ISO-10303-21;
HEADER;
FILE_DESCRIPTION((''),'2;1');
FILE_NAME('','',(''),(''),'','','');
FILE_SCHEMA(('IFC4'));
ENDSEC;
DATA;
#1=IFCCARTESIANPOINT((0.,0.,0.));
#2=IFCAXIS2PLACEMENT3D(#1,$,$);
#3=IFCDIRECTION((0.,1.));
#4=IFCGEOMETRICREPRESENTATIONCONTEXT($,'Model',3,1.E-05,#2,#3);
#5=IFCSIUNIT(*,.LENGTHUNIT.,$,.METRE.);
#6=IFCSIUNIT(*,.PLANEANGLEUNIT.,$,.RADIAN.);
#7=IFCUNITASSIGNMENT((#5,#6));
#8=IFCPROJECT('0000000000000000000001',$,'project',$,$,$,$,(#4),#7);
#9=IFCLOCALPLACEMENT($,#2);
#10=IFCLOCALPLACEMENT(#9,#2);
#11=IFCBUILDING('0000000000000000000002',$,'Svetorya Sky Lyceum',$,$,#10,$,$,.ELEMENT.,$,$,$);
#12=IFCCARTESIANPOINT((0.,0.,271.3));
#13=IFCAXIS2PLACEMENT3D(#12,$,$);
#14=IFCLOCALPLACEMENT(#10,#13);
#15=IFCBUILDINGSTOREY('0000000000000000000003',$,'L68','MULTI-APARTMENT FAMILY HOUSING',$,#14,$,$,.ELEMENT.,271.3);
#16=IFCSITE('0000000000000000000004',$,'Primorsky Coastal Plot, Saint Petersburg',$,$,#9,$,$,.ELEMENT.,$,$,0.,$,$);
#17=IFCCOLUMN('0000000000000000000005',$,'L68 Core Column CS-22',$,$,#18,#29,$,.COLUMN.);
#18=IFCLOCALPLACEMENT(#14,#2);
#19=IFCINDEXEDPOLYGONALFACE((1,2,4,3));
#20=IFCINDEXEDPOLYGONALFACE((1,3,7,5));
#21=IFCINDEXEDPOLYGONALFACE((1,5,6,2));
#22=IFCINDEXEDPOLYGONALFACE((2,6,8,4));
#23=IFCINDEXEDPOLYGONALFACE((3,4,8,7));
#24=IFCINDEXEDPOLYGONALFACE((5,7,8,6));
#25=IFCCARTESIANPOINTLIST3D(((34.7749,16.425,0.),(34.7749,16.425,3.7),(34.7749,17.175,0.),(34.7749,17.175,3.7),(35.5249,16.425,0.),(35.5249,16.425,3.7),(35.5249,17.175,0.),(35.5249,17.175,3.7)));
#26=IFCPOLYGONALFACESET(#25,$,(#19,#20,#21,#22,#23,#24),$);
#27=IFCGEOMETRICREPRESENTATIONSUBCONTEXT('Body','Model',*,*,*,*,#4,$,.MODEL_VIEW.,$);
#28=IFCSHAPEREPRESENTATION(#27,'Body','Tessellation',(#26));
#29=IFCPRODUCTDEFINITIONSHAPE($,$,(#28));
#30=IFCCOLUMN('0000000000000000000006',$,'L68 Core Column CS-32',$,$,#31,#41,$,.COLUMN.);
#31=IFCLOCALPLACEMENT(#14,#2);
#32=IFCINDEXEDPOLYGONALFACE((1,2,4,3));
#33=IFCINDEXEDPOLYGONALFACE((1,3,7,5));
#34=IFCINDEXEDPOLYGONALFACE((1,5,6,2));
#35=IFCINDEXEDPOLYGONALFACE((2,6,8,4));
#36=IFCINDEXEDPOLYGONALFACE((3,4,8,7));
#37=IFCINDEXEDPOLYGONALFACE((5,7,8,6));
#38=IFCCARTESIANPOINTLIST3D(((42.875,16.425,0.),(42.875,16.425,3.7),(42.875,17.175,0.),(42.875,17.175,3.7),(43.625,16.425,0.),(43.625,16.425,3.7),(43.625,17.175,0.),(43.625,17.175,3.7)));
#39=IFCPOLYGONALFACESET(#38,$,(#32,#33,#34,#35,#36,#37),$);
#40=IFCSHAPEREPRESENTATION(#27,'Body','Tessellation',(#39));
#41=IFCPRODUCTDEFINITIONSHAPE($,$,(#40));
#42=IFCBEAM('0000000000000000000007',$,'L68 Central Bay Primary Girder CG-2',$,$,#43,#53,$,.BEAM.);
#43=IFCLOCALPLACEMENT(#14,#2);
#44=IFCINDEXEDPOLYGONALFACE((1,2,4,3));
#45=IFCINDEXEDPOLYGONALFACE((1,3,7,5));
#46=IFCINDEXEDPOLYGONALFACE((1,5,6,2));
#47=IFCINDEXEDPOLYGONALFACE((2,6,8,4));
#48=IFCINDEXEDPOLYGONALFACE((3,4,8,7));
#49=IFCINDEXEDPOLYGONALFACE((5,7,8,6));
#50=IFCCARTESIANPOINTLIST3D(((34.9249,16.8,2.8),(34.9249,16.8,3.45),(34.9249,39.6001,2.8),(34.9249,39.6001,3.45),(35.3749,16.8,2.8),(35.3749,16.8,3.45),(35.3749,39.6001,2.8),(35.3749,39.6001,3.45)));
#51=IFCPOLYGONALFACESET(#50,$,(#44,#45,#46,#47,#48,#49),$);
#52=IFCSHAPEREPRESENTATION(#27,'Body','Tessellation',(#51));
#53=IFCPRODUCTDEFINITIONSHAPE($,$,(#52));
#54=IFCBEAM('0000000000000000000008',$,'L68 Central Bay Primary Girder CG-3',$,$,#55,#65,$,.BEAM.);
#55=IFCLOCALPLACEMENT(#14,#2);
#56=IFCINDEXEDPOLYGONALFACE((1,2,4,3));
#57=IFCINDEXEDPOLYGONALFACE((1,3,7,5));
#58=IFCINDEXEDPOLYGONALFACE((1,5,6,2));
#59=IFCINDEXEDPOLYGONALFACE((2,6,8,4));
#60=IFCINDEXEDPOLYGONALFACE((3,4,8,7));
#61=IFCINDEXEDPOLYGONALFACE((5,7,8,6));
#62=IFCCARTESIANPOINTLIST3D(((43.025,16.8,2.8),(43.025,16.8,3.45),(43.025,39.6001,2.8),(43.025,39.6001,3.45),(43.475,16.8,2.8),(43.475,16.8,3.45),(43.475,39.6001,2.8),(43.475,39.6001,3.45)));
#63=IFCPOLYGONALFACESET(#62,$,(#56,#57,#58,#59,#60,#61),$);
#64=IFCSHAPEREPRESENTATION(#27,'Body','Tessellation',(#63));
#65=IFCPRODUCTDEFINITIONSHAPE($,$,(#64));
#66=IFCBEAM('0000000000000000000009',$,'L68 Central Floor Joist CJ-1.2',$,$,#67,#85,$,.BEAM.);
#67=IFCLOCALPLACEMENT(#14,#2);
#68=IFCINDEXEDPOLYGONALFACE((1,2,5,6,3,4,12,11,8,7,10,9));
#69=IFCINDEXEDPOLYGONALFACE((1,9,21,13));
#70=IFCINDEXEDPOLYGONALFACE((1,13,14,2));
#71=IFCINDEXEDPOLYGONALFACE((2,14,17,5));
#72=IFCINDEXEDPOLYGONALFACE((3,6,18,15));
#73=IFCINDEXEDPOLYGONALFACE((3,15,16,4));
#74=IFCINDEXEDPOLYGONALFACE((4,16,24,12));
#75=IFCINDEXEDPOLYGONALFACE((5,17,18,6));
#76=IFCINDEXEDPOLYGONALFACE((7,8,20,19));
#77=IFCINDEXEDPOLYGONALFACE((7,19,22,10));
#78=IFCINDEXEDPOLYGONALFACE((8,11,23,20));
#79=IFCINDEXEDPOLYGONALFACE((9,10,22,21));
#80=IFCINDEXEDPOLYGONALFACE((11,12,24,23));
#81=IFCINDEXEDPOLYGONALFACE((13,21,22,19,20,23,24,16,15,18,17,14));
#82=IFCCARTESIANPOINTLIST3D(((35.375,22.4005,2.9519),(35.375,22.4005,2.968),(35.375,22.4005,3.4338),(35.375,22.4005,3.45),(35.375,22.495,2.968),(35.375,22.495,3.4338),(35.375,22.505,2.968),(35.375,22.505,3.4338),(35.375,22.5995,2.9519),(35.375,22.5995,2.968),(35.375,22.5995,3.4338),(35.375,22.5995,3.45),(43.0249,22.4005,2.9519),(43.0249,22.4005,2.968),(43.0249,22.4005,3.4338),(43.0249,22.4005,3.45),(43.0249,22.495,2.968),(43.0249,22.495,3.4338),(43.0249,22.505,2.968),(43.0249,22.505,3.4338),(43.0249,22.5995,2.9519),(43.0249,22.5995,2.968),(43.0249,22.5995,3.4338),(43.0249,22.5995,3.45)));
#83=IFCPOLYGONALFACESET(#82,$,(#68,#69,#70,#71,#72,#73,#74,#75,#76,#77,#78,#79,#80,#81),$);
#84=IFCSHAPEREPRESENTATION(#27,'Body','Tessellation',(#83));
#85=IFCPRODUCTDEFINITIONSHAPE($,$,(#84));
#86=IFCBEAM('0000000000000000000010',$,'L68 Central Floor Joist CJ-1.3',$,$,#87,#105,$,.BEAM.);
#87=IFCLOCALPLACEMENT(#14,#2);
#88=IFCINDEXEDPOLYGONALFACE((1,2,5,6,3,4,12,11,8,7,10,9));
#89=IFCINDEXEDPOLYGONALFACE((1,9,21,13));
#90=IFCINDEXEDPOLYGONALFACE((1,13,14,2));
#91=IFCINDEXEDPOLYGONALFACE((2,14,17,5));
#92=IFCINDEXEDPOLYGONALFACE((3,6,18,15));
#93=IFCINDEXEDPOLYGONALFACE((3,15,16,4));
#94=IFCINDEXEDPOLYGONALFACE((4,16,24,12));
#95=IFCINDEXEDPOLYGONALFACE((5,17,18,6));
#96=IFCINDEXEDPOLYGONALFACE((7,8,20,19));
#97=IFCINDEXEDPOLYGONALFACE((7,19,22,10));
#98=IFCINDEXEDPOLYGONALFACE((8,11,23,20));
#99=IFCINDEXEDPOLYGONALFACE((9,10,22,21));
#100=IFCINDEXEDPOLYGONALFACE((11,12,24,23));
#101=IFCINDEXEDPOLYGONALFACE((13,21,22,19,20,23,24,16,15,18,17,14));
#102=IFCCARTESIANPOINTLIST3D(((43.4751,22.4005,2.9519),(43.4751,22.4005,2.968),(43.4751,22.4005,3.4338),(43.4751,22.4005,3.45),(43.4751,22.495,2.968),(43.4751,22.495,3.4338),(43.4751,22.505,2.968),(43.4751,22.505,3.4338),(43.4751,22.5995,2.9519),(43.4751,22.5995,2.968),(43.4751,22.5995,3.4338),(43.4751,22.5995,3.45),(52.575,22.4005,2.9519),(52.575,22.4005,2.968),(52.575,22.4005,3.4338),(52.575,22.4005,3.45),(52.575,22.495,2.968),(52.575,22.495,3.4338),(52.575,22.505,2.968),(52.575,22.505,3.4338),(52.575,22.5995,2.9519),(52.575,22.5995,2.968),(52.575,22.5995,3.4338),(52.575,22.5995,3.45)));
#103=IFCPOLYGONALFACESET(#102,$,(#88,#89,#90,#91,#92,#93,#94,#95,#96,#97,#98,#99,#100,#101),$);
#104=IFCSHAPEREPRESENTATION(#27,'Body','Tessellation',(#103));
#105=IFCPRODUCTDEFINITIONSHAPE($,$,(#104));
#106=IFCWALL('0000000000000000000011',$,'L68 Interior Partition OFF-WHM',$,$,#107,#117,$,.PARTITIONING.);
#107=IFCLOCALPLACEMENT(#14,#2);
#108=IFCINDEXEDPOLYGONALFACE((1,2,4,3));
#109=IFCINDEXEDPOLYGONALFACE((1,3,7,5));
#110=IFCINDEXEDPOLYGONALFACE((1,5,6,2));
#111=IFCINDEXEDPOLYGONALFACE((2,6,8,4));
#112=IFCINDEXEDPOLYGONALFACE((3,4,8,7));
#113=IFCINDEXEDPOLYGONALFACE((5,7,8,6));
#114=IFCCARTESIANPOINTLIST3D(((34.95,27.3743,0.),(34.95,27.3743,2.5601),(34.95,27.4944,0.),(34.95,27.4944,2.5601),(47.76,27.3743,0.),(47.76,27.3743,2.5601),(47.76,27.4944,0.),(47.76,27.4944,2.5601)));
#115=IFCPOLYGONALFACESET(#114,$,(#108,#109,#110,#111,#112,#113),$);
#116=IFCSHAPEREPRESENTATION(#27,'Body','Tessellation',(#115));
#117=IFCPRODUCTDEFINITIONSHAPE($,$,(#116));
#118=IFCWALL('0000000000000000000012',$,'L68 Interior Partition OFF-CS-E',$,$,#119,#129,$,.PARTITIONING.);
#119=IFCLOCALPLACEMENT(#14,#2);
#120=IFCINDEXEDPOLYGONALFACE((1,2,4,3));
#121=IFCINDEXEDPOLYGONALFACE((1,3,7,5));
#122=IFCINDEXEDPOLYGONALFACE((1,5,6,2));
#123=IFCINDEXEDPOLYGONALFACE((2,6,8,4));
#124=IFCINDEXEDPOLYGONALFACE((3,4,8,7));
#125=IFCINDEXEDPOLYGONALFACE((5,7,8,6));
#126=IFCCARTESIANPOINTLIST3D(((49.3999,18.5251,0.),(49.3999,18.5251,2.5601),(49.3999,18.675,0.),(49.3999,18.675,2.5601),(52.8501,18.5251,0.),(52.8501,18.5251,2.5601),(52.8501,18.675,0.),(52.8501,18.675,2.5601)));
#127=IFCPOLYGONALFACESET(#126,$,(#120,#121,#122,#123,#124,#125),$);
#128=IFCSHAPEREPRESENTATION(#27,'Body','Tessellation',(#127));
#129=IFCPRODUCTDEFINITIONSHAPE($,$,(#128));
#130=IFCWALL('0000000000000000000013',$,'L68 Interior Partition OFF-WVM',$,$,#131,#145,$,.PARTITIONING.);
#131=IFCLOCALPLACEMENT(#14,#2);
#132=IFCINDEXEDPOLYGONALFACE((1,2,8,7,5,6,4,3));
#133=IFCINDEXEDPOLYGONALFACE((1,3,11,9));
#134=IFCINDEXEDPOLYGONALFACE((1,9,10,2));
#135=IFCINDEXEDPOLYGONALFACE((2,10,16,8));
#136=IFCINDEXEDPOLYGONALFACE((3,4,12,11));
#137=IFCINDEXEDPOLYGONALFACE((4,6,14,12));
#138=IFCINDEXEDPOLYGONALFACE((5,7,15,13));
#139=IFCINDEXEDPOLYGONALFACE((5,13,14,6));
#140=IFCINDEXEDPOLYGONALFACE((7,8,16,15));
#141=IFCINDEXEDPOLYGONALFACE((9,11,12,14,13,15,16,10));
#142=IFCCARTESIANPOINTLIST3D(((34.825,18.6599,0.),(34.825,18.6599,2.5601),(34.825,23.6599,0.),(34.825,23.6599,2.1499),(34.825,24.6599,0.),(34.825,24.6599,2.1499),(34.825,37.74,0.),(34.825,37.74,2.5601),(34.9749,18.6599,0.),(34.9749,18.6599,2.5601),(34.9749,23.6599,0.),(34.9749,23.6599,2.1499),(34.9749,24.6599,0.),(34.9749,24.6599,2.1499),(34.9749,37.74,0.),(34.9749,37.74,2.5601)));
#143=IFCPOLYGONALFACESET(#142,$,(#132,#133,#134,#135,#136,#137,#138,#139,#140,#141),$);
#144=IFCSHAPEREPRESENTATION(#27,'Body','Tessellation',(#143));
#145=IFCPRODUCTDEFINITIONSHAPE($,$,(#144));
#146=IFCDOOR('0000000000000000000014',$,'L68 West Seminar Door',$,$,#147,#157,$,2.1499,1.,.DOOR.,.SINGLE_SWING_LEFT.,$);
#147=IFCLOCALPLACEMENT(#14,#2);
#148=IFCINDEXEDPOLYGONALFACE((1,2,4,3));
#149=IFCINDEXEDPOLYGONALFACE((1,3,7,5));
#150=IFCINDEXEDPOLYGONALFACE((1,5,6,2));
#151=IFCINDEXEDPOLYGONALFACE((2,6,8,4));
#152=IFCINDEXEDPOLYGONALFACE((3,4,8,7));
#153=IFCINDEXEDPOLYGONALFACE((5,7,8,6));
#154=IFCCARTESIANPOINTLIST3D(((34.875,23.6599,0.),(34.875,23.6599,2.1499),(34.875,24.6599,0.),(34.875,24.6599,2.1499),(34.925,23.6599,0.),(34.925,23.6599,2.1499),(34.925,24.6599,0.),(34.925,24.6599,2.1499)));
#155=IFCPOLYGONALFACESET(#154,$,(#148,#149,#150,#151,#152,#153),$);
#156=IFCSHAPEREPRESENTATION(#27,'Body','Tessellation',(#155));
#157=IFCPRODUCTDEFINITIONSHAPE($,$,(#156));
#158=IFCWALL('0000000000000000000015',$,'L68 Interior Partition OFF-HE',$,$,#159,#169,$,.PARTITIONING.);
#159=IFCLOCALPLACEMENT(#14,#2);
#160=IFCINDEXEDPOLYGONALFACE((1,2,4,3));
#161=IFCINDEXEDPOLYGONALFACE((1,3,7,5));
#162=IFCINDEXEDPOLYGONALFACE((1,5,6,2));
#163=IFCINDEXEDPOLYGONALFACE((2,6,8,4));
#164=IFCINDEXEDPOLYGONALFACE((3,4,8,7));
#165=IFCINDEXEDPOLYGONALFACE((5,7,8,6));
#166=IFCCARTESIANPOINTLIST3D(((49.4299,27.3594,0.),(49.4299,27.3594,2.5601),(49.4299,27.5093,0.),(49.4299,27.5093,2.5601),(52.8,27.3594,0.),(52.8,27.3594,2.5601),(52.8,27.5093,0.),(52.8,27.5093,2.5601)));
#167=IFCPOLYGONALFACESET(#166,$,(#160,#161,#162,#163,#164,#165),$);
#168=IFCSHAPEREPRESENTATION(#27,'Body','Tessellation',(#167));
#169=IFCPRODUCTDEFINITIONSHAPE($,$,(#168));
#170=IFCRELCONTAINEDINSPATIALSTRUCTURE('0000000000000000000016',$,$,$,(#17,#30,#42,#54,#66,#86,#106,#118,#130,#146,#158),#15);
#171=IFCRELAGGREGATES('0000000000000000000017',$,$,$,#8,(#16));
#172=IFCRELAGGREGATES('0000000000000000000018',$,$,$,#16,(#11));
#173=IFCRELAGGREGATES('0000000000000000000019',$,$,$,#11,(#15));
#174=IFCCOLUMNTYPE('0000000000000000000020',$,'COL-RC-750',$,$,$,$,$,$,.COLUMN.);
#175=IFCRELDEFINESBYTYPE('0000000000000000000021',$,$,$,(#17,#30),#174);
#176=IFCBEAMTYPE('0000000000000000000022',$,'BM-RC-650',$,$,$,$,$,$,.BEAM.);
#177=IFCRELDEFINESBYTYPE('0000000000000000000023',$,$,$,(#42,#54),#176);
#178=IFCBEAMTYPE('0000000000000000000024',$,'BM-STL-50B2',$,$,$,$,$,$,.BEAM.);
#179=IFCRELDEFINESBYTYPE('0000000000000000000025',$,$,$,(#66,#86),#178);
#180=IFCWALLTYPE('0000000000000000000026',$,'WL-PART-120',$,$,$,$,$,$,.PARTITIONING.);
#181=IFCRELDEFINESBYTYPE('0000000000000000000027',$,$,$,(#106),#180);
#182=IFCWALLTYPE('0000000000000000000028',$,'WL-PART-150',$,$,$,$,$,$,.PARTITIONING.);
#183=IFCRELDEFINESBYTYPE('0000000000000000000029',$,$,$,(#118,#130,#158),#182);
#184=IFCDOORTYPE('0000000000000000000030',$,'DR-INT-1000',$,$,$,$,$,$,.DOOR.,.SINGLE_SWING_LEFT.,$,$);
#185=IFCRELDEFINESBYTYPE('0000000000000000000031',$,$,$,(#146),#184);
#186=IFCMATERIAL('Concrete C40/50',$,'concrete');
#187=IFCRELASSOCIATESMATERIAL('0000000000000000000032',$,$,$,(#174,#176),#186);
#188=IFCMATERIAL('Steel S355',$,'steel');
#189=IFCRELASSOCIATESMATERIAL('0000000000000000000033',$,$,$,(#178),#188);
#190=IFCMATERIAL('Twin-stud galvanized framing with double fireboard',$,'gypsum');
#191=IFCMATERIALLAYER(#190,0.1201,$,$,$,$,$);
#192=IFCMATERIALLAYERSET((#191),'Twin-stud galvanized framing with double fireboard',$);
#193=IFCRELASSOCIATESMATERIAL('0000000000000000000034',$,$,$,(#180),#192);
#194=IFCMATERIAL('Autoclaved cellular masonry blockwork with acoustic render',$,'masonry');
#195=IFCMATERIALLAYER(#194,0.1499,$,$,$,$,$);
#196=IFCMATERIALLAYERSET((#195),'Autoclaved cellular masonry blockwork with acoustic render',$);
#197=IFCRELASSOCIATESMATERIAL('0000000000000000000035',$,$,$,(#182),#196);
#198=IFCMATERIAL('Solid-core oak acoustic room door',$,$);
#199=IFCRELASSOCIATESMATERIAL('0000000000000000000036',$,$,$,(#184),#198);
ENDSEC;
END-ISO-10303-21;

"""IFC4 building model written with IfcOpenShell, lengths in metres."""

from ifc_helpers import new_model, si_unit, direction, frame, frame_2d, origin, origin_2d, place, context, subcontext, project, spatial, rectangle, i_section, extrude, material, layer, layer_set, material_profile, profile_set, type_object, element, fill, save


model = new_model("IFC4")

# Units and contexts
model_context = context("Model", 3, precision=1e-05, world=origin(), true_north=direction((0.0, 1.0)))
body_context = subcontext(model_context, "Body", "Model", "MODEL_VIEW")
ifc_project = project(units=[si_unit("LENGTHUNIT", "METRE"), si_unit("PLANEANGLEUNIT", "RADIAN")], contexts=[model_context])

# Site, building, storey
site_placement = place(None, origin())
site = spatial("IfcSite", under=ifc_project, at=site_placement, Name="Primorsky Coastal Plot, Saint Petersburg", CompositionType="ELEMENT", RefElevation=0.0)
building_placement = place(site_placement, origin())
building = spatial("IfcBuilding", under=site, at=building_placement, Name="Svetorya Sky Lyceum", CompositionType="ELEMENT")
storey_placement = place(building_placement, frame((0.0, 0.0, 271.3)))
storey = spatial("IfcBuildingStorey", under=building, at=storey_placement, Name="L68", Description="MULTI-APARTMENT FAMILY HOUSING", CompositionType="ELEMENT", Elevation=271.3)

# Columns
ifc_material_1 = material(Name="Concrete C40/50", Category="concrete")
ifc_material_profile_1 = material_profile(ifc_material_1, rectangle(XDim=0.75, YDim=0.75, at=origin_2d()), Name="RC COL 750x750")
ifc_profile_set_1 = profile_set([ifc_material_profile_1], Name="Concrete C40/50")
column_type = type_object("IfcColumnType", Name="COL-RC-750", PredefinedType="COLUMN", material=ifc_profile_set_1)
for number, where, z_axis, x_axis, name in (
    (1, (35.1499, 16.8, 0.0), (0.0, 0.0, 1.0), (1.0, 0.0, 0.0), "L68 Core Column CS-22"),
    (2, (43.25, 16.8, 0.0), (0.0, 0.0, 1.0), (1.0, 0.0, 0.0), "L68 Core Column CS-32"),
):
    element("IfcColumn", number, at=place(storey_placement, frame(where, z_axis=z_axis, x_axis=x_axis)), inside=storey, type_object=column_type, Name=name, PredefinedType="COLUMN", context=body_context, shape_type="SweptSolid", body=[
        extrude(rectangle(XDim=0.75, YDim=0.75, at=origin_2d()), origin(), (0.0, 0.0, 1.0), 3.7),
    ])

# Beams
ifc_material_profile_2 = material_profile(ifc_material_1, rectangle(XDim=0.45, YDim=0.6499, at=origin_2d()), Name="RC BEAM 450x650")
ifc_profile_set_2 = profile_set([ifc_material_profile_2], Name="Concrete C40/50")
beam_type_1 = type_object("IfcBeamType", Name="BM-RC-650", PredefinedType="BEAM", material=ifc_profile_set_2)
for number, where, z_axis, x_axis, name in (
    (3, (35.1499, 16.8, 3.125), (0.0, 1.0, 0.0), (-1.0, 0.0, 0.0), "L68 Central Bay Primary Girder CG-2"),
    (4, (43.25, 16.8, 3.125), (0.0, 1.0, 0.0), (-1.0, 0.0, 0.0), "L68 Central Bay Primary Girder CG-3"),
):
    element("IfcBeam", number, at=place(storey_placement, frame(where, z_axis=z_axis, x_axis=x_axis)), inside=storey, type_object=beam_type_1, Name=name, PredefinedType="BEAM", context=body_context, shape_type="SweptSolid", body=[
        extrude(rectangle(XDim=0.45, YDim=0.6499, at=origin_2d()), origin(), (0.0, 0.0, 1.0), 22.8),
    ])
ifc_material_2 = material(Name="Steel S355", Category="steel")
ifc_material_profile_3 = material_profile(ifc_material_2, i_section(OverallWidth=0.199, OverallDepth=0.498, WebThickness=0.01, FlangeThickness=0.0161, at=origin_2d()), Name="GOST 50B2")
ifc_profile_set_3 = profile_set([ifc_material_profile_3], Name="Steel S355")
beam_type_2 = type_object("IfcBeamType", Name="BM-STL-50B2", PredefinedType="BEAM", material=ifc_profile_set_3)
beam_1_placement = place(storey_placement, frame((35.375, 22.5, 3.2009), z_axis=(1.0, 0.0, 0.0), x_axis=(0.0, 1.0, 0.0)))
element("IfcBeam", 5, at=beam_1_placement, inside=storey, type_object=beam_type_2, Name="L68 Central Floor Joist CJ-1.2", PredefinedType="BEAM", context=body_context, shape_type="SweptSolid", body=[
    extrude(i_section(OverallWidth=0.199, OverallDepth=0.498, WebThickness=0.01, FlangeThickness=0.0161, at=origin_2d()), origin(), (0.0, 0.0, 1.0), 7.6499),
])
beam_2_placement = place(storey_placement, frame((43.4751, 22.5, 3.2009), z_axis=(1.0, 0.0, 0.0), x_axis=(0.0, 1.0, 0.0)))
element("IfcBeam", 6, at=beam_2_placement, inside=storey, type_object=beam_type_2, Name="L68 Central Floor Joist CJ-1.3", PredefinedType="BEAM", context=body_context, shape_type="SweptSolid", body=[
    extrude(i_section(OverallWidth=0.199, OverallDepth=0.498, WebThickness=0.01, FlangeThickness=0.0161, at=origin_2d()), origin(), (0.0, 0.0, 1.0), 9.0999),
])

# Walls
ifc_material_3 = material(Name="Twin-stud galvanized framing with double fireboard", Category="gypsum")
ifc_layer_1 = layer(ifc_material_3, 0.1201)
ifc_layer_set_1 = layer_set([ifc_layer_1], Name="Twin-stud galvanized framing with double fireboard")
wall_type_1 = type_object("IfcWallType", Name="WL-PART-120", PredefinedType="PARTITIONING", material=ifc_layer_set_1)
wall_1_placement = place(storey_placement, frame((34.95, 27.4343, 0.0), z_axis=(0.0, 0.0, 1.0), x_axis=(1.0, 0.0, 0.0)))
element("IfcWall", 7, at=wall_1_placement, inside=storey, type_object=wall_type_1, Name="L68 Interior Partition OFF-WHM", PredefinedType="PARTITIONING", context=body_context, shape_type="SweptSolid", body=[
    extrude(rectangle(XDim=12.8101, YDim=0.1201, at=frame_2d((6.405, 0.0))), origin(), (0.0, 0.0, 1.0), 2.5601),
])
ifc_material_4 = material(Name="Autoclaved cellular masonry blockwork with acoustic render", Category="masonry")
ifc_layer_2 = layer(ifc_material_4, 0.1499)
ifc_layer_set_2 = layer_set([ifc_layer_2], Name="Autoclaved cellular masonry blockwork with acoustic render")
wall_type_2 = type_object("IfcWallType", Name="WL-PART-150", PredefinedType="PARTITIONING", material=ifc_layer_set_2)
wall_2_placement = place(storey_placement, frame((49.3999, 18.6001, 0.0), z_axis=(0.0, 0.0, 1.0), x_axis=(1.0, 0.0, 0.0)))
element("IfcWall", 8, at=wall_2_placement, inside=storey, type_object=wall_type_2, Name="L68 Interior Partition OFF-CS-E", PredefinedType="PARTITIONING", context=body_context, shape_type="SweptSolid", body=[
    extrude(rectangle(XDim=3.4502, YDim=0.1499, at=frame_2d((1.7251, 0.0))), origin(), (0.0, 0.0, 1.0), 2.5601),
])

# Wall, opening, door
wall_3_placement = place(storey_placement, frame((34.8999, 18.6599, 0.0), z_axis=(0.0, 0.0, 1.0), x_axis=(0.0, 1.0, 0.0)))
wall_3 = element("IfcWall", 9, at=wall_3_placement, inside=storey, type_object=wall_type_2, Name="L68 Interior Partition OFF-WVM", PredefinedType="PARTITIONING", context=body_context, shape_type="SweptSolid", body=[
    extrude(rectangle(XDim=19.0801, YDim=0.1499, at=frame_2d((9.54, 0.0))), origin(), (0.0, 0.0, 1.0), 2.5601),
])
opening_1_placement = place(wall_3_placement, frame((5.0, 0.0, 0.0)))
opening_1 = element("IfcOpeningElement", 10, at=opening_1_placement, cuts=wall_3, PredefinedType="OPENING", context=body_context, shape_type="SweptSolid", body=[
    extrude(rectangle(XDim=1.0, YDim=2.1499, at=frame_2d((0.5, 1.075))), frame((0.0, 0.085, 0.0), z_axis=(0.0, -1.0, 0.0), x_axis=(1.0, 0.0, 0.0)), (0.0, 0.0, 1.0), 0.1699),
])
ifc_material_5 = material(Name="Solid-core oak acoustic room door")
door_type_1 = type_object("IfcDoorType", Name="DR-INT-1000", OperationType="SINGLE_SWING_LEFT", PredefinedType="DOOR", material=ifc_material_5)
door_1_placement = place(opening_1_placement, origin())
door_1 = element("IfcDoor", 11, at=door_1_placement, inside=storey, type_object=door_type_1, Name="L68 West Seminar Door", OperationType="SINGLE_SWING_LEFT", OverallHeight=2.1499, OverallWidth=1.0, PredefinedType="DOOR", context=body_context, shape_type="SweptSolid", body=[
    extrude(rectangle(XDim=1.0, YDim=2.1499, at=frame_2d((0.5, 1.075))), frame((0.0, 0.0249, 0.0), z_axis=(0.0, -1.0, 0.0), x_axis=(1.0, 0.0, 0.0)), (0.0, 0.0, 1.0), 0.05),
])
fill(opening_1, door_1)

# Wall
wall_4_placement = place(storey_placement, frame((49.4299, 27.4343, 0.0), z_axis=(0.0, 0.0, 1.0), x_axis=(1.0, 0.0, 0.0)))
element("IfcWall", 12, at=wall_4_placement, inside=storey, type_object=wall_type_2, Name="L68 Interior Partition OFF-HE", PredefinedType="PARTITIONING", context=body_context, shape_type="SweptSolid", body=[
    extrude(rectangle(XDim=3.3701, YDim=0.1499, at=frame_2d((1.6851, 0.0))), origin(), (0.0, 0.0, 1.0), 2.5601),
])

save(model, "model.ifc")
